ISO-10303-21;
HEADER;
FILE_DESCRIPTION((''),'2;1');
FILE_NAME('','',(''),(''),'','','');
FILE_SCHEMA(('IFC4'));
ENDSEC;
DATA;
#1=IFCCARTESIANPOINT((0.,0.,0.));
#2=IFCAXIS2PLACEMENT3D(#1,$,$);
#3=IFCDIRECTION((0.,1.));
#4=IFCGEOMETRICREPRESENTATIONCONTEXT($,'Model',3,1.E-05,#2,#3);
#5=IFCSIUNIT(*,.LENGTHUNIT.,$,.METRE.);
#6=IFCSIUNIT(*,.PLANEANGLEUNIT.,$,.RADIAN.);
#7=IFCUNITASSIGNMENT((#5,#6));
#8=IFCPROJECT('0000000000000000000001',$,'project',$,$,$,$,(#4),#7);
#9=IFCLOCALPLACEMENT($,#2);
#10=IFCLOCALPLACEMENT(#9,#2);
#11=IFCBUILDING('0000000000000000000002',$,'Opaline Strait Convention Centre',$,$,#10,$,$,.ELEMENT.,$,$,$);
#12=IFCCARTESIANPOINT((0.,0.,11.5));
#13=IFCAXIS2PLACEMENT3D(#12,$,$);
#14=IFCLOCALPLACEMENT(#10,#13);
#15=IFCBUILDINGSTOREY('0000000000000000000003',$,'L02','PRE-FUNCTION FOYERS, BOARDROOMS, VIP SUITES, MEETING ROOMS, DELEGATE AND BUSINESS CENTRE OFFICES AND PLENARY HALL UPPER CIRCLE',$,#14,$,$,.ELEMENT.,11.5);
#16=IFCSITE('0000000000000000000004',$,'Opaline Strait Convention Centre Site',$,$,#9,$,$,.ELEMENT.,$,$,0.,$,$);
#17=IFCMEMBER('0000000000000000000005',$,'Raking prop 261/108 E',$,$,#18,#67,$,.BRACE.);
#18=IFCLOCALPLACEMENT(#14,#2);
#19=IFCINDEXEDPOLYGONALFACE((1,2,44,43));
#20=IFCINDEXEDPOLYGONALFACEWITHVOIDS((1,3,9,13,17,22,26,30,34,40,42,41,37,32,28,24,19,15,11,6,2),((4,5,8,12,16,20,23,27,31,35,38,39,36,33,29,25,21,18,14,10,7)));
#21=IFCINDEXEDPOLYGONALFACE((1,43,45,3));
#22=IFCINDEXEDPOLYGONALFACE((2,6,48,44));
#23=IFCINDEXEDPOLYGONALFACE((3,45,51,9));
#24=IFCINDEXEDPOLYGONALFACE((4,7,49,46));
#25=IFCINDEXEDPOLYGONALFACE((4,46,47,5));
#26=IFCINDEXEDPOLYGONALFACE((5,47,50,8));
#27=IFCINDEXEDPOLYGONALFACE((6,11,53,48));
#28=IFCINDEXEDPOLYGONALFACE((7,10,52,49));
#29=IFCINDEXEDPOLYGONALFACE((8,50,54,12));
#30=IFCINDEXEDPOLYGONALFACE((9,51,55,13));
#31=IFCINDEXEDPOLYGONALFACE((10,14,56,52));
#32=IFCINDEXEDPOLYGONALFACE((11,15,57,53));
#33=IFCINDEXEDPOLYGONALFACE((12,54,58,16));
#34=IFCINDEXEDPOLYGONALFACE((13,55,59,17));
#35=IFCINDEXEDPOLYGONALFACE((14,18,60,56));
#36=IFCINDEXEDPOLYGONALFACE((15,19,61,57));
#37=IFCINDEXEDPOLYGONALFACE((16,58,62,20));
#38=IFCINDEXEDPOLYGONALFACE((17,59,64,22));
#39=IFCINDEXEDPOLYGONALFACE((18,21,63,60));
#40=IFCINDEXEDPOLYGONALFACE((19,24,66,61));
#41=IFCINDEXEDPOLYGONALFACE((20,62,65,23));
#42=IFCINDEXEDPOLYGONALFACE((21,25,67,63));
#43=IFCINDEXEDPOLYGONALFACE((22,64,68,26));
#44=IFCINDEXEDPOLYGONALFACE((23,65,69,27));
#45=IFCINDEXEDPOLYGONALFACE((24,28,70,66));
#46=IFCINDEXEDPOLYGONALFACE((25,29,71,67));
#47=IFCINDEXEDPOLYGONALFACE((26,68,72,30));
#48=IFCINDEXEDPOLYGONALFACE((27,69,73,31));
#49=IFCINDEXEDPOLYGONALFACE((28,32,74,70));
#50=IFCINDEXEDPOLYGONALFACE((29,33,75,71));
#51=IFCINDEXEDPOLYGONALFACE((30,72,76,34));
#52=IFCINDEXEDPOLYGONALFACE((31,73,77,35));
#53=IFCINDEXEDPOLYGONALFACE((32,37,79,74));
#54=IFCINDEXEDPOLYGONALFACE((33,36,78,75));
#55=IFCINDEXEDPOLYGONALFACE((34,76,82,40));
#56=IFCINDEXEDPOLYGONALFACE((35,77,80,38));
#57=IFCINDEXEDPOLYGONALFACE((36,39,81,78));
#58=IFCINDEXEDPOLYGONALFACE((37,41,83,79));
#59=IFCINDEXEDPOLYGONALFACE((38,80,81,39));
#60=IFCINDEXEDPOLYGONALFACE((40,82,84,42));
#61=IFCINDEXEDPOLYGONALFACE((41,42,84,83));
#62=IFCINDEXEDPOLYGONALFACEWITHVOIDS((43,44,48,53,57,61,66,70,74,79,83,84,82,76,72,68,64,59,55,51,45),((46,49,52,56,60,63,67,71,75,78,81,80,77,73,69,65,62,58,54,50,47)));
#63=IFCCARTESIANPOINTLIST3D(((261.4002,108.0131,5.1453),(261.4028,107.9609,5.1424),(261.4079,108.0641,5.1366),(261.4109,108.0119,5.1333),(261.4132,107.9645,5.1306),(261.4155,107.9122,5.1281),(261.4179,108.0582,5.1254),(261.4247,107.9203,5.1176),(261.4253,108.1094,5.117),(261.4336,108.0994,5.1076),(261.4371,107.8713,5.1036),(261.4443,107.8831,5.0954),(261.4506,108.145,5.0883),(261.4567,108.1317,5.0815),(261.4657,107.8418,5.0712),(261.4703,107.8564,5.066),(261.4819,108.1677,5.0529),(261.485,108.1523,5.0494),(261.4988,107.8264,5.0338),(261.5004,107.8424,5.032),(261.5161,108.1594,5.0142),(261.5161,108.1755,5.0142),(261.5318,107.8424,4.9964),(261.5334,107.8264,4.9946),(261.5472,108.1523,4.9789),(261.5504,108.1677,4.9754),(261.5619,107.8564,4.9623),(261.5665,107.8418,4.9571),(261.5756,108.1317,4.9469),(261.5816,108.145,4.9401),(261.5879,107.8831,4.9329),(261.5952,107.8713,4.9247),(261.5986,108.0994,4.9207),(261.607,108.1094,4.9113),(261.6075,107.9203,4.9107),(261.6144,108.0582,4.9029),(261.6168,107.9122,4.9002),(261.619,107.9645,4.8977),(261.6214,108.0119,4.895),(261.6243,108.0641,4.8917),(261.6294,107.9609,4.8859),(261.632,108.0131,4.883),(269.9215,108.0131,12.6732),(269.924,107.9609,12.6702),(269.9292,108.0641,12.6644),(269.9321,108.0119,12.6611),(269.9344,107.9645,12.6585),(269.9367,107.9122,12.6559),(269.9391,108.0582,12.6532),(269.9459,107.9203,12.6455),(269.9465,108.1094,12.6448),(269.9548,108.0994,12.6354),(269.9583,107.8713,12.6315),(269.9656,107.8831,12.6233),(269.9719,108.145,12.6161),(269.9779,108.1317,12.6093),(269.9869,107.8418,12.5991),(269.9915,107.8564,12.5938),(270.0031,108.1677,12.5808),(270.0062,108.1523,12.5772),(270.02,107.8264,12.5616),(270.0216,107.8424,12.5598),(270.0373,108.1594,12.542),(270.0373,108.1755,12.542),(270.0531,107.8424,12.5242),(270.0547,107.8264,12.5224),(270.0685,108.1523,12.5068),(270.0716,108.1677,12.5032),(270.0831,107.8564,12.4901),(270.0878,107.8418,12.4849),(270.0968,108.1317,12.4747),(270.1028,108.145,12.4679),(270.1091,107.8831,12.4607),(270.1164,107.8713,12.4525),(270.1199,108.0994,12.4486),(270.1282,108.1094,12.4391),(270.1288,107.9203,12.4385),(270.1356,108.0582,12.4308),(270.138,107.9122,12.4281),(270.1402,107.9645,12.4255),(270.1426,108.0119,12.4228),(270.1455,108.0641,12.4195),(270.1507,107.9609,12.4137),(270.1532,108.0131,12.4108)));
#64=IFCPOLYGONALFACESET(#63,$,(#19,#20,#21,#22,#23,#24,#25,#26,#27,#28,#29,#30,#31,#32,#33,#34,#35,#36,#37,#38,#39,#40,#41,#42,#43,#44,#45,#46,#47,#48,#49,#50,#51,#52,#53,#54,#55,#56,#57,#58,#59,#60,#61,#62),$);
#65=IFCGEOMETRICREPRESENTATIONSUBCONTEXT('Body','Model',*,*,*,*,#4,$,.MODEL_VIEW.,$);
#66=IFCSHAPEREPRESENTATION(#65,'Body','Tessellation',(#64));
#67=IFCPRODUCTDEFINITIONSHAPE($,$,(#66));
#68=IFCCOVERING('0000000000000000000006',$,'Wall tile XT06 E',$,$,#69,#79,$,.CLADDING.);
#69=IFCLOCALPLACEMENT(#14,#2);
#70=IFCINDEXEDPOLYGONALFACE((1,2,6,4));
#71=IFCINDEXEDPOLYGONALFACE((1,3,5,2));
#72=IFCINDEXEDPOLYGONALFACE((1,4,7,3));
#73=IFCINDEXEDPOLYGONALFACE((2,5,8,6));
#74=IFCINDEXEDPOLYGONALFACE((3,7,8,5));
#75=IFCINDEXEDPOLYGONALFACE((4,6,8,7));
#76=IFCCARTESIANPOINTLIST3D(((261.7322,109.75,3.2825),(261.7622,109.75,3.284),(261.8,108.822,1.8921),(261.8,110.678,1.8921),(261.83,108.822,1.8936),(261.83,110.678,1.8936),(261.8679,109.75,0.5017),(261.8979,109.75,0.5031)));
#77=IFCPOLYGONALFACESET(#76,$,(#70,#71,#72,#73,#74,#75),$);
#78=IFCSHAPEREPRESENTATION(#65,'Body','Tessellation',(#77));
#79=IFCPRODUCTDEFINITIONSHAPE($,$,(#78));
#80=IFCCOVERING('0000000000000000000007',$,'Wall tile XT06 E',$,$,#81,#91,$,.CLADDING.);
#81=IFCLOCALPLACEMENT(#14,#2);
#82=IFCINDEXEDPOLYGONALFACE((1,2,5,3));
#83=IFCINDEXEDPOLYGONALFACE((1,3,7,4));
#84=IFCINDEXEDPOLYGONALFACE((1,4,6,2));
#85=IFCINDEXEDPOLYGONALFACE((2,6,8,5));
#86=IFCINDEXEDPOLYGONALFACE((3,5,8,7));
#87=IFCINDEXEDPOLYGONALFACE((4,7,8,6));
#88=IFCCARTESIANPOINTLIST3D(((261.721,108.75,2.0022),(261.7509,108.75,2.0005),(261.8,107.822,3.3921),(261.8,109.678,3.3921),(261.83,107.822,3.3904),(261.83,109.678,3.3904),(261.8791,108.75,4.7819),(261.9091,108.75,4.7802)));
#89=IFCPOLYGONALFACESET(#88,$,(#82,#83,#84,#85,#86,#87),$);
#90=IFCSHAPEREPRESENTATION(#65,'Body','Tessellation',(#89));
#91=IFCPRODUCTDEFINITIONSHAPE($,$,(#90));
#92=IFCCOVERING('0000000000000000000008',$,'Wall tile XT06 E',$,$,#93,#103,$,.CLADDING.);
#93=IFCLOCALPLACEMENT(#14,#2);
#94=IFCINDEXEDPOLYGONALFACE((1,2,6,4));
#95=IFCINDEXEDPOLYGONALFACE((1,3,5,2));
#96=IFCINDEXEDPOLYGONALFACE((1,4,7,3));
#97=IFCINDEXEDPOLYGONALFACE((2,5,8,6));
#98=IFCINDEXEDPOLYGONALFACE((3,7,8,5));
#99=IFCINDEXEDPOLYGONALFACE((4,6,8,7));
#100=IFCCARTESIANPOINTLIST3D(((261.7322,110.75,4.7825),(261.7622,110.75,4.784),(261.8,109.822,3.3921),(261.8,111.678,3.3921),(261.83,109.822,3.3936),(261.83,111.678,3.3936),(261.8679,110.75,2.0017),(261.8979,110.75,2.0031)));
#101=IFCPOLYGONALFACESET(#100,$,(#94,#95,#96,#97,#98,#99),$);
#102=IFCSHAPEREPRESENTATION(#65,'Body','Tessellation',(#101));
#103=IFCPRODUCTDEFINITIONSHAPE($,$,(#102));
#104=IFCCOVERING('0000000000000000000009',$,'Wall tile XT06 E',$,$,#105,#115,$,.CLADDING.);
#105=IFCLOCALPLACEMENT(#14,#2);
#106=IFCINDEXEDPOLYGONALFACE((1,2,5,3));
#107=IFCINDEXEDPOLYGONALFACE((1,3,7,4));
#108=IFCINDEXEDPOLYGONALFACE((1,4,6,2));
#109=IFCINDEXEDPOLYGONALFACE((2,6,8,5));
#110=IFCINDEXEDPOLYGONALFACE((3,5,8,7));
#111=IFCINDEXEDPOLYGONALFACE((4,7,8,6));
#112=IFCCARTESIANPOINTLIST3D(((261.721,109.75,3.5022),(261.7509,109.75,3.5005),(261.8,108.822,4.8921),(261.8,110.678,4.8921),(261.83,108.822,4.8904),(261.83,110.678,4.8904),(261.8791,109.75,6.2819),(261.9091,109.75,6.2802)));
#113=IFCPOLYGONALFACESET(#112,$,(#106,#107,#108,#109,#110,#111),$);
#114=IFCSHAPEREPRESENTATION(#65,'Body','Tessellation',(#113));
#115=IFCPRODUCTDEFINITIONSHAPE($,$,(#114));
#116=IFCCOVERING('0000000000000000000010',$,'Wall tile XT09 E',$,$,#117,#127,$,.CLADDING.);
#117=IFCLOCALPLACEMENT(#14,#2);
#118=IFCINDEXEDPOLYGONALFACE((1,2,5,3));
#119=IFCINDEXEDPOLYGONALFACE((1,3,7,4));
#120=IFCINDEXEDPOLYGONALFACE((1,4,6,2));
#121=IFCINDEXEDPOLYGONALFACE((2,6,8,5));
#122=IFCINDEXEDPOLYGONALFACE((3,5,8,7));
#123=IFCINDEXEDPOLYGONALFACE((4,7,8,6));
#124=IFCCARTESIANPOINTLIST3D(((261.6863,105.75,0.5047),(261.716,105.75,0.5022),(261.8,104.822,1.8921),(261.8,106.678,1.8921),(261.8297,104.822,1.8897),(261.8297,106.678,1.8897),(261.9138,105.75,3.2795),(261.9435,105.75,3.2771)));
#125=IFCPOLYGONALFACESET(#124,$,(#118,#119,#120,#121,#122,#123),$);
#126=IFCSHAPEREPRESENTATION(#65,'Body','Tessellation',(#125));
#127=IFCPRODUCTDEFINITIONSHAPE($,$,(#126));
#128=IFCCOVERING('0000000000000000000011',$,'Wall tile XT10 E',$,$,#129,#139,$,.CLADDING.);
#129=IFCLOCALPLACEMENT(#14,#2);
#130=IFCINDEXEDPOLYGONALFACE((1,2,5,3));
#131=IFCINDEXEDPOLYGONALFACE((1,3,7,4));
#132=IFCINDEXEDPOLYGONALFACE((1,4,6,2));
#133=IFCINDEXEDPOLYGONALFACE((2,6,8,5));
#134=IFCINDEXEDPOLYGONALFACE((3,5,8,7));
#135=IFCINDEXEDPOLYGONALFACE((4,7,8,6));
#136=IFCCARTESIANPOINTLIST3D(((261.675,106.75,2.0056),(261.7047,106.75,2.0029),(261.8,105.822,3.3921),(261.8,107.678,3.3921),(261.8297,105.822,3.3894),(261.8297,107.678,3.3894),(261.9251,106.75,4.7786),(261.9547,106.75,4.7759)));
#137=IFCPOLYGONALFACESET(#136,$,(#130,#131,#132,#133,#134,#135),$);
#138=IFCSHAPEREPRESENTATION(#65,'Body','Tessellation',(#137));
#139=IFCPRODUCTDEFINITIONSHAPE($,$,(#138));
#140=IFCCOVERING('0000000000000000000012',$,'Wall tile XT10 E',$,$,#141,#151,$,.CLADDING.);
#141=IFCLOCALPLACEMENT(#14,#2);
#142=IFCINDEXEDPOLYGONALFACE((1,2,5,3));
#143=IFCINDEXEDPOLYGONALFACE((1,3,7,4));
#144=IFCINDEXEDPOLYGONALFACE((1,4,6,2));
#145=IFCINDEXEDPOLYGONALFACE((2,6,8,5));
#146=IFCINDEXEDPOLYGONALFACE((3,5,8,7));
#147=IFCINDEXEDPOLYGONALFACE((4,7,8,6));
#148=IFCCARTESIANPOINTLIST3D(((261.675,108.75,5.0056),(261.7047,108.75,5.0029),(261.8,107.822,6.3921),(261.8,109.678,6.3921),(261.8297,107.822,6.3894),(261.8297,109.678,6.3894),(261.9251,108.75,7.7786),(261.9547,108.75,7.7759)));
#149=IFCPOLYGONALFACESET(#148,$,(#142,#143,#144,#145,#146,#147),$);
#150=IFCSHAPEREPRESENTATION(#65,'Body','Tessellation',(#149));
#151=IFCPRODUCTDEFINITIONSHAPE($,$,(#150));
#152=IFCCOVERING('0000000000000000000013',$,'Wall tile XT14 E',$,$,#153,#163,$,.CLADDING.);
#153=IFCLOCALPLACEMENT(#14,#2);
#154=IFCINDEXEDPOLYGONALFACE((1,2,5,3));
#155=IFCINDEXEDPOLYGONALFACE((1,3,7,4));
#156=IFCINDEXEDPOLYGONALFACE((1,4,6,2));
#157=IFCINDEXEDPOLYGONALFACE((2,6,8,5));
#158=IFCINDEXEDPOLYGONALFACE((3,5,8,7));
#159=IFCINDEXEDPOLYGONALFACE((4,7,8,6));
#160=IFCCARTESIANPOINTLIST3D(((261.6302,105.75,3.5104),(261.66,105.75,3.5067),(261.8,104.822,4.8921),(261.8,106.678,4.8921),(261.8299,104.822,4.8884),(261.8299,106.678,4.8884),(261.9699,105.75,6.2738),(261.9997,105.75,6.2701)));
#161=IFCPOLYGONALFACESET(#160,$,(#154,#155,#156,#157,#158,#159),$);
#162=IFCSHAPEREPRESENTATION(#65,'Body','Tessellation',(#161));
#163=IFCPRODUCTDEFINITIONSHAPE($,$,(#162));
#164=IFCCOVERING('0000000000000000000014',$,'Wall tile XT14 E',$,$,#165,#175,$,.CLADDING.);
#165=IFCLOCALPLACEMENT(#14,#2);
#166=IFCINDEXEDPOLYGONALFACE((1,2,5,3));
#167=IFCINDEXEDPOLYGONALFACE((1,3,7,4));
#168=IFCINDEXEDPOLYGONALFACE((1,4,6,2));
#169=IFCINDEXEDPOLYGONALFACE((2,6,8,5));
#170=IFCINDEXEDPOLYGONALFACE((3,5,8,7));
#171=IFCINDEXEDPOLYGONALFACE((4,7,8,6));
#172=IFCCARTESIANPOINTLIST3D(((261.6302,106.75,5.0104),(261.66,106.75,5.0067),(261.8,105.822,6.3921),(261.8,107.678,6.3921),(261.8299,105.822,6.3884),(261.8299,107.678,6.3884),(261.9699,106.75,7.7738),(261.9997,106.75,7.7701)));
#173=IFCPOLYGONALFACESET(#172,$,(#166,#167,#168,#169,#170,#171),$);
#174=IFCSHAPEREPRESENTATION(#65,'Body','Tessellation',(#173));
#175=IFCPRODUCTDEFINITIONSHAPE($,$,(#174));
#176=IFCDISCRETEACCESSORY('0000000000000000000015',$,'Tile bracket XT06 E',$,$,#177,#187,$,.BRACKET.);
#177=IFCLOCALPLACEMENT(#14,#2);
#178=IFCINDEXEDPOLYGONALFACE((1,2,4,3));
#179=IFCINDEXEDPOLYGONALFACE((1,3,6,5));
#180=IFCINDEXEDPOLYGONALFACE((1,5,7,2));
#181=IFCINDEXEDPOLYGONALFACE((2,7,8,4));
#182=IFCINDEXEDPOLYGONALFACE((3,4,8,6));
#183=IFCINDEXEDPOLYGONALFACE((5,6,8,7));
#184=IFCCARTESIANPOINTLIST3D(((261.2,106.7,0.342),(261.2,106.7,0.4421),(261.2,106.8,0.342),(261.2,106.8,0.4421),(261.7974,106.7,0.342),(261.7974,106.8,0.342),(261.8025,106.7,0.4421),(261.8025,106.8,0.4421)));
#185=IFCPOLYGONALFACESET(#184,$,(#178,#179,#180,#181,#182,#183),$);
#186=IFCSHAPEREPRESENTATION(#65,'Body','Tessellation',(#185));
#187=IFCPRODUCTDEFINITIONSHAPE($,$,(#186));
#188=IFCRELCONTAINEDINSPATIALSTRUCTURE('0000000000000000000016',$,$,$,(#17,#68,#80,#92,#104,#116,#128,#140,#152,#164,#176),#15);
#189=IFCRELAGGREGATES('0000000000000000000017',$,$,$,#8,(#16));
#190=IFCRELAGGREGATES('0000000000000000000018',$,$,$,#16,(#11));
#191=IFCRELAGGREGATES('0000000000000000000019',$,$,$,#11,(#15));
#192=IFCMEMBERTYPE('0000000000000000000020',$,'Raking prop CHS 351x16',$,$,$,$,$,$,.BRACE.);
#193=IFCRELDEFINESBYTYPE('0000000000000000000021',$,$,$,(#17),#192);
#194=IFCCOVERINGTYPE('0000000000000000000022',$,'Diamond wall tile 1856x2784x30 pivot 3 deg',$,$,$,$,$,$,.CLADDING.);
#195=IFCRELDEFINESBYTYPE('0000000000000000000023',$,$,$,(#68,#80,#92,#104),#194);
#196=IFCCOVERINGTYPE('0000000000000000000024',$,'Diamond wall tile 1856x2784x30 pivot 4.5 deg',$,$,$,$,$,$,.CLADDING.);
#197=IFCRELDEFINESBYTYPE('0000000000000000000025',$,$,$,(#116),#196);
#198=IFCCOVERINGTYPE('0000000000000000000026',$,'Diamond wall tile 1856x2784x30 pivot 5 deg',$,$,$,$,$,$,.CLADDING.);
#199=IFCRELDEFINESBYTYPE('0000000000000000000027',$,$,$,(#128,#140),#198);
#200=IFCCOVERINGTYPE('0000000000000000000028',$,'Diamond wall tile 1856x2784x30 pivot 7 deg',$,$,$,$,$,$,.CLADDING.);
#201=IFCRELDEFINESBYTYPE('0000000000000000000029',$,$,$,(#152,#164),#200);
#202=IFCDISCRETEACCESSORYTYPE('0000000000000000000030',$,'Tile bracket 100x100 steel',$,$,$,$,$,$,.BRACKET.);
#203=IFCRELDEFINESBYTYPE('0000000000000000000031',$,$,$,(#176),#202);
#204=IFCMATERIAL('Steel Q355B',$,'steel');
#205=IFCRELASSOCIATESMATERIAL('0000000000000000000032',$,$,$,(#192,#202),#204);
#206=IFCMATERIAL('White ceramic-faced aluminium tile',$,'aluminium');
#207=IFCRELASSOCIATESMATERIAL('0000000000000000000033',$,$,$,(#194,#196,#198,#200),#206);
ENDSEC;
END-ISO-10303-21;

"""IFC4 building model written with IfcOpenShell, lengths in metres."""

from ifc_helpers import new_model, si_unit, direction, frame, origin, origin_2d, place, context, subcontext, project, spatial, polyline, hollow_circle, outline, extrude, material, material_profile, profile_set, type_object, element, save


model = new_model("IFC4")

# Units and contexts
model_context = context("Model", 3, precision=1e-05, world=origin(), true_north=direction((0.0, 1.0)))
body_context = subcontext(model_context, "Body", "Model", "MODEL_VIEW")
ifc_project = project(units=[si_unit("LENGTHUNIT", "METRE"), si_unit("PLANEANGLEUNIT", "RADIAN")], contexts=[model_context])

# Site, building, storey
site_placement = place(None, origin())
site = spatial("IfcSite", under=ifc_project, at=site_placement, Name="Opaline Strait Convention Centre Site", CompositionType="ELEMENT", RefElevation=0.0)
building_placement = place(site_placement, origin())
building = spatial("IfcBuilding", under=site, at=building_placement, Name="Opaline Strait Convention Centre", CompositionType="ELEMENT")
storey_placement = place(building_placement, frame((0.0, 0.0, 11.5)))
storey = spatial("IfcBuildingStorey", under=building, at=storey_placement, Name="L02", Description="PRE-FUNCTION FOYERS, BOARDROOMS, VIP SUITES, MEETING ROOMS, DELEGATE AND BUSINESS CENTRE OFFICES AND PLENARY HALL UPPER CIRCLE", CompositionType="ELEMENT", Elevation=11.5)

# Member
ifc_material_1 = material(Name="Steel Q355B", Category="steel")
ifc_material_profile_1 = material_profile(ifc_material_1, hollow_circle(Radius=0.1755, WallThickness=0.0161, at=origin_2d()), Name="CHS 351x16")
ifc_profile_set_1 = profile_set([ifc_material_profile_1], Name="Steel Q355B")
member_type = type_object("IfcMemberType", Name="Raking prop CHS 351x16", PredefinedType="BRACE", material=ifc_profile_set_1)
member_placement = place(storey_placement, frame((261.5161, 108.0, 5.0142), z_axis=(0.749441, 0.0, 0.662071), x_axis=(0.0, 1.0, 0.0)))
element("IfcMember", 1, at=member_placement, inside=storey, type_object=member_type, Name="Raking prop 261/108 E", PredefinedType="BRACE", context=body_context, shape_type="SweptSolid", body=[
    extrude(hollow_circle(Radius=0.1755, WallThickness=0.0161, at=origin_2d()), origin(), (0.0, 0.0, 1.0), 11.3701),
])

# Coverings
ifc_material_2 = material(Name="White ceramic-faced aluminium tile", Category="aluminium")
ifc_material_profile_2 = material_profile(ifc_material_2, outline(polyline([(0.928, 0.0), (0.0, 1.3921), (-0.928, 0.0), (0.0, -1.3921), (0.928, 0.0)])), Name="Diamond tile 1856x2784")
ifc_profile_set_2 = profile_set([ifc_material_profile_2], Name="White ceramic-faced aluminium tile")
covering_type_1 = type_object("IfcCoveringType", Name="Diamond wall tile 1856x2784x30 pivot 3 deg", PredefinedType="CLADDING", material=ifc_profile_set_2)
for number, where, z_axis, x_axis, name in (
    (2, (261.8, 109.75, 1.8921), (0.998812, 0.0, 0.048723), (0.0, 1.0, 0.0), "Wall tile XT06 E"),
    (3, (261.8, 108.75, 3.3921), (0.998385, 0.0, -0.056819), (0.0, 1.0, 0.0), "Wall tile XT06 E"),
    (4, (261.8, 110.75, 3.3921), (0.998812, 0.0, 0.048723), (0.0, 1.0, 0.0), "Wall tile XT06 E"),
    (5, (261.8, 109.75, 4.8921), (0.998385, 0.0, -0.056819), (0.0, 1.0, 0.0), "Wall tile XT06 E"),
):
    element("IfcCovering", number, at=place(storey_placement, frame(where, z_axis=z_axis, x_axis=x_axis)), inside=storey, type_object=covering_type_1, Name=name, PredefinedType="CLADDING", context=body_context, shape_type="SweptSolid", body=[
        extrude(outline(polyline([(0.928, 0.0), (0.0, 1.3921), (-0.928, 0.0), (0.0, -1.3921), (0.928, 0.0)])), origin(), (0.0, 0.0, 1.0), 0.03),
    ])
ifc_material_profile_3 = material_profile(ifc_material_2, outline(polyline([(0.928, 0.0), (0.0, 1.3921), (-0.928, 0.0), (0.0, -1.3921), (0.928, 0.0)])), Name="Diamond tile 1856x2784")
ifc_profile_set_3 = profile_set([ifc_material_profile_3], Name="White ceramic-faced aluminium tile")
covering_type_2 = type_object("IfcCoveringType", Name="Diamond wall tile 1856x2784x30 pivot 4.5 deg", PredefinedType="CLADDING", material=ifc_profile_set_3)
covering_placement = place(storey_placement, frame((261.8, 105.75, 1.8921), z_axis=(0.996658, 0.0, -0.081693), x_axis=(0.0, 1.0, 0.0)))
element("IfcCovering", 6, at=covering_placement, inside=storey, type_object=covering_type_2, Name="Wall tile XT09 E", PredefinedType="CLADDING", context=body_context, shape_type="SweptSolid", body=[
    extrude(outline(polyline([(0.928, 0.0), (0.0, 1.3921), (-0.928, 0.0), (0.0, -1.3921), (0.928, 0.0)])), origin(), (0.0, 0.0, 1.0), 0.0298),
])
ifc_material_profile_4 = material_profile(ifc_material_2, outline(polyline([(0.928, 0.0), (0.0, 1.3921), (-0.928, 0.0), (0.0, -1.3921), (0.928, 0.0)])), Name="Diamond tile 1856x2784")
ifc_profile_set_4 = profile_set([ifc_material_profile_4], Name="White ceramic-faced aluminium tile")
covering_type_3 = type_object("IfcCoveringType", Name="Diamond wall tile 1856x2784x30 pivot 5 deg", PredefinedType="CLADDING", material=ifc_profile_set_4)
for number, where, z_axis, x_axis, name in (
    (7, (261.8, 106.75, 3.3921), (0.99596, 0.0, -0.0898), (0.0, 1.0, 0.0), "Wall tile XT10 E"),
    (8, (261.8, 108.75, 6.3921), (0.99596, 0.0, -0.0898), (0.0, 1.0, 0.0), "Wall tile XT10 E"),
):
    element("IfcCovering", number, at=place(storey_placement, frame(where, z_axis=z_axis, x_axis=x_axis)), inside=storey, type_object=covering_type_3, Name=name, PredefinedType="CLADDING", context=body_context, shape_type="SweptSolid", body=[
        extrude(outline(polyline([(0.928, 0.0), (0.0, 1.3921), (-0.928, 0.0), (0.0, -1.3921), (0.928, 0.0)])), origin(), (0.0, 0.0, 1.0), 0.0298),
    ])
ifc_material_profile_5 = material_profile(ifc_material_2, outline(polyline([(0.928, 0.0), (0.0, 1.3921), (-0.928, 0.0), (0.0, -1.3921), (0.928, 0.0)])), Name="Diamond tile 1856x2784")
ifc_profile_set_5 = profile_set([ifc_material_profile_5], Name="White ceramic-faced aluminium tile")
covering_type_4 = type_object("IfcCoveringType", Name="Diamond wall tile 1856x2784x30 pivot 7 deg", PredefinedType="CLADDING", material=ifc_profile_set_5)
for number, where, z_axis, x_axis, name in (
    (9, (261.8, 105.75, 4.8921), (0.992526, 0.0, -0.122032), (0.0, 1.0, 0.0), "Wall tile XT14 E"),
    (10, (261.8, 106.75, 6.3921), (0.992526, 0.0, -0.122032), (0.0, 1.0, 0.0), "Wall tile XT14 E"),
):
    element("IfcCovering", number, at=place(storey_placement, frame(where, z_axis=z_axis, x_axis=x_axis)), inside=storey, type_object=covering_type_4, Name=name, PredefinedType="CLADDING", context=body_context, shape_type="SweptSolid", body=[
        extrude(outline(polyline([(0.928, 0.0), (0.0, 1.3921), (-0.928, 0.0), (0.0, -1.3921), (0.928, 0.0)])), origin(), (0.0, 0.0, 1.0), 0.03),
    ])

# Discrete accessory
discrete_accessory_type = type_object("IfcDiscreteAccessoryType", Name="Tile bracket 100x100 steel", PredefinedType="BRACKET", material=ifc_material_1)
discrete_accessory_1_placement = place(storey_placement, frame((261.2, 106.7, 0.3921), z_axis=(0.0, 1.0, 0.0), x_axis=(-1.0, 0.0, 0.0)))
element("IfcDiscreteAccessory", 11, at=discrete_accessory_1_placement, inside=storey, type_object=discrete_accessory_type, Name="Tile bracket XT06 E", PredefinedType="BRACKET", context=body_context, shape_type="SweptSolid", body=[
    extrude(outline(polyline([(0.0, -0.05), (0.0, 0.05), (-0.6025, 0.05), (-0.5974, -0.05), (0.0, -0.05)])), origin(), (0.0, 0.0, 1.0), 0.1001),
])

save(model, "model.ifc")
